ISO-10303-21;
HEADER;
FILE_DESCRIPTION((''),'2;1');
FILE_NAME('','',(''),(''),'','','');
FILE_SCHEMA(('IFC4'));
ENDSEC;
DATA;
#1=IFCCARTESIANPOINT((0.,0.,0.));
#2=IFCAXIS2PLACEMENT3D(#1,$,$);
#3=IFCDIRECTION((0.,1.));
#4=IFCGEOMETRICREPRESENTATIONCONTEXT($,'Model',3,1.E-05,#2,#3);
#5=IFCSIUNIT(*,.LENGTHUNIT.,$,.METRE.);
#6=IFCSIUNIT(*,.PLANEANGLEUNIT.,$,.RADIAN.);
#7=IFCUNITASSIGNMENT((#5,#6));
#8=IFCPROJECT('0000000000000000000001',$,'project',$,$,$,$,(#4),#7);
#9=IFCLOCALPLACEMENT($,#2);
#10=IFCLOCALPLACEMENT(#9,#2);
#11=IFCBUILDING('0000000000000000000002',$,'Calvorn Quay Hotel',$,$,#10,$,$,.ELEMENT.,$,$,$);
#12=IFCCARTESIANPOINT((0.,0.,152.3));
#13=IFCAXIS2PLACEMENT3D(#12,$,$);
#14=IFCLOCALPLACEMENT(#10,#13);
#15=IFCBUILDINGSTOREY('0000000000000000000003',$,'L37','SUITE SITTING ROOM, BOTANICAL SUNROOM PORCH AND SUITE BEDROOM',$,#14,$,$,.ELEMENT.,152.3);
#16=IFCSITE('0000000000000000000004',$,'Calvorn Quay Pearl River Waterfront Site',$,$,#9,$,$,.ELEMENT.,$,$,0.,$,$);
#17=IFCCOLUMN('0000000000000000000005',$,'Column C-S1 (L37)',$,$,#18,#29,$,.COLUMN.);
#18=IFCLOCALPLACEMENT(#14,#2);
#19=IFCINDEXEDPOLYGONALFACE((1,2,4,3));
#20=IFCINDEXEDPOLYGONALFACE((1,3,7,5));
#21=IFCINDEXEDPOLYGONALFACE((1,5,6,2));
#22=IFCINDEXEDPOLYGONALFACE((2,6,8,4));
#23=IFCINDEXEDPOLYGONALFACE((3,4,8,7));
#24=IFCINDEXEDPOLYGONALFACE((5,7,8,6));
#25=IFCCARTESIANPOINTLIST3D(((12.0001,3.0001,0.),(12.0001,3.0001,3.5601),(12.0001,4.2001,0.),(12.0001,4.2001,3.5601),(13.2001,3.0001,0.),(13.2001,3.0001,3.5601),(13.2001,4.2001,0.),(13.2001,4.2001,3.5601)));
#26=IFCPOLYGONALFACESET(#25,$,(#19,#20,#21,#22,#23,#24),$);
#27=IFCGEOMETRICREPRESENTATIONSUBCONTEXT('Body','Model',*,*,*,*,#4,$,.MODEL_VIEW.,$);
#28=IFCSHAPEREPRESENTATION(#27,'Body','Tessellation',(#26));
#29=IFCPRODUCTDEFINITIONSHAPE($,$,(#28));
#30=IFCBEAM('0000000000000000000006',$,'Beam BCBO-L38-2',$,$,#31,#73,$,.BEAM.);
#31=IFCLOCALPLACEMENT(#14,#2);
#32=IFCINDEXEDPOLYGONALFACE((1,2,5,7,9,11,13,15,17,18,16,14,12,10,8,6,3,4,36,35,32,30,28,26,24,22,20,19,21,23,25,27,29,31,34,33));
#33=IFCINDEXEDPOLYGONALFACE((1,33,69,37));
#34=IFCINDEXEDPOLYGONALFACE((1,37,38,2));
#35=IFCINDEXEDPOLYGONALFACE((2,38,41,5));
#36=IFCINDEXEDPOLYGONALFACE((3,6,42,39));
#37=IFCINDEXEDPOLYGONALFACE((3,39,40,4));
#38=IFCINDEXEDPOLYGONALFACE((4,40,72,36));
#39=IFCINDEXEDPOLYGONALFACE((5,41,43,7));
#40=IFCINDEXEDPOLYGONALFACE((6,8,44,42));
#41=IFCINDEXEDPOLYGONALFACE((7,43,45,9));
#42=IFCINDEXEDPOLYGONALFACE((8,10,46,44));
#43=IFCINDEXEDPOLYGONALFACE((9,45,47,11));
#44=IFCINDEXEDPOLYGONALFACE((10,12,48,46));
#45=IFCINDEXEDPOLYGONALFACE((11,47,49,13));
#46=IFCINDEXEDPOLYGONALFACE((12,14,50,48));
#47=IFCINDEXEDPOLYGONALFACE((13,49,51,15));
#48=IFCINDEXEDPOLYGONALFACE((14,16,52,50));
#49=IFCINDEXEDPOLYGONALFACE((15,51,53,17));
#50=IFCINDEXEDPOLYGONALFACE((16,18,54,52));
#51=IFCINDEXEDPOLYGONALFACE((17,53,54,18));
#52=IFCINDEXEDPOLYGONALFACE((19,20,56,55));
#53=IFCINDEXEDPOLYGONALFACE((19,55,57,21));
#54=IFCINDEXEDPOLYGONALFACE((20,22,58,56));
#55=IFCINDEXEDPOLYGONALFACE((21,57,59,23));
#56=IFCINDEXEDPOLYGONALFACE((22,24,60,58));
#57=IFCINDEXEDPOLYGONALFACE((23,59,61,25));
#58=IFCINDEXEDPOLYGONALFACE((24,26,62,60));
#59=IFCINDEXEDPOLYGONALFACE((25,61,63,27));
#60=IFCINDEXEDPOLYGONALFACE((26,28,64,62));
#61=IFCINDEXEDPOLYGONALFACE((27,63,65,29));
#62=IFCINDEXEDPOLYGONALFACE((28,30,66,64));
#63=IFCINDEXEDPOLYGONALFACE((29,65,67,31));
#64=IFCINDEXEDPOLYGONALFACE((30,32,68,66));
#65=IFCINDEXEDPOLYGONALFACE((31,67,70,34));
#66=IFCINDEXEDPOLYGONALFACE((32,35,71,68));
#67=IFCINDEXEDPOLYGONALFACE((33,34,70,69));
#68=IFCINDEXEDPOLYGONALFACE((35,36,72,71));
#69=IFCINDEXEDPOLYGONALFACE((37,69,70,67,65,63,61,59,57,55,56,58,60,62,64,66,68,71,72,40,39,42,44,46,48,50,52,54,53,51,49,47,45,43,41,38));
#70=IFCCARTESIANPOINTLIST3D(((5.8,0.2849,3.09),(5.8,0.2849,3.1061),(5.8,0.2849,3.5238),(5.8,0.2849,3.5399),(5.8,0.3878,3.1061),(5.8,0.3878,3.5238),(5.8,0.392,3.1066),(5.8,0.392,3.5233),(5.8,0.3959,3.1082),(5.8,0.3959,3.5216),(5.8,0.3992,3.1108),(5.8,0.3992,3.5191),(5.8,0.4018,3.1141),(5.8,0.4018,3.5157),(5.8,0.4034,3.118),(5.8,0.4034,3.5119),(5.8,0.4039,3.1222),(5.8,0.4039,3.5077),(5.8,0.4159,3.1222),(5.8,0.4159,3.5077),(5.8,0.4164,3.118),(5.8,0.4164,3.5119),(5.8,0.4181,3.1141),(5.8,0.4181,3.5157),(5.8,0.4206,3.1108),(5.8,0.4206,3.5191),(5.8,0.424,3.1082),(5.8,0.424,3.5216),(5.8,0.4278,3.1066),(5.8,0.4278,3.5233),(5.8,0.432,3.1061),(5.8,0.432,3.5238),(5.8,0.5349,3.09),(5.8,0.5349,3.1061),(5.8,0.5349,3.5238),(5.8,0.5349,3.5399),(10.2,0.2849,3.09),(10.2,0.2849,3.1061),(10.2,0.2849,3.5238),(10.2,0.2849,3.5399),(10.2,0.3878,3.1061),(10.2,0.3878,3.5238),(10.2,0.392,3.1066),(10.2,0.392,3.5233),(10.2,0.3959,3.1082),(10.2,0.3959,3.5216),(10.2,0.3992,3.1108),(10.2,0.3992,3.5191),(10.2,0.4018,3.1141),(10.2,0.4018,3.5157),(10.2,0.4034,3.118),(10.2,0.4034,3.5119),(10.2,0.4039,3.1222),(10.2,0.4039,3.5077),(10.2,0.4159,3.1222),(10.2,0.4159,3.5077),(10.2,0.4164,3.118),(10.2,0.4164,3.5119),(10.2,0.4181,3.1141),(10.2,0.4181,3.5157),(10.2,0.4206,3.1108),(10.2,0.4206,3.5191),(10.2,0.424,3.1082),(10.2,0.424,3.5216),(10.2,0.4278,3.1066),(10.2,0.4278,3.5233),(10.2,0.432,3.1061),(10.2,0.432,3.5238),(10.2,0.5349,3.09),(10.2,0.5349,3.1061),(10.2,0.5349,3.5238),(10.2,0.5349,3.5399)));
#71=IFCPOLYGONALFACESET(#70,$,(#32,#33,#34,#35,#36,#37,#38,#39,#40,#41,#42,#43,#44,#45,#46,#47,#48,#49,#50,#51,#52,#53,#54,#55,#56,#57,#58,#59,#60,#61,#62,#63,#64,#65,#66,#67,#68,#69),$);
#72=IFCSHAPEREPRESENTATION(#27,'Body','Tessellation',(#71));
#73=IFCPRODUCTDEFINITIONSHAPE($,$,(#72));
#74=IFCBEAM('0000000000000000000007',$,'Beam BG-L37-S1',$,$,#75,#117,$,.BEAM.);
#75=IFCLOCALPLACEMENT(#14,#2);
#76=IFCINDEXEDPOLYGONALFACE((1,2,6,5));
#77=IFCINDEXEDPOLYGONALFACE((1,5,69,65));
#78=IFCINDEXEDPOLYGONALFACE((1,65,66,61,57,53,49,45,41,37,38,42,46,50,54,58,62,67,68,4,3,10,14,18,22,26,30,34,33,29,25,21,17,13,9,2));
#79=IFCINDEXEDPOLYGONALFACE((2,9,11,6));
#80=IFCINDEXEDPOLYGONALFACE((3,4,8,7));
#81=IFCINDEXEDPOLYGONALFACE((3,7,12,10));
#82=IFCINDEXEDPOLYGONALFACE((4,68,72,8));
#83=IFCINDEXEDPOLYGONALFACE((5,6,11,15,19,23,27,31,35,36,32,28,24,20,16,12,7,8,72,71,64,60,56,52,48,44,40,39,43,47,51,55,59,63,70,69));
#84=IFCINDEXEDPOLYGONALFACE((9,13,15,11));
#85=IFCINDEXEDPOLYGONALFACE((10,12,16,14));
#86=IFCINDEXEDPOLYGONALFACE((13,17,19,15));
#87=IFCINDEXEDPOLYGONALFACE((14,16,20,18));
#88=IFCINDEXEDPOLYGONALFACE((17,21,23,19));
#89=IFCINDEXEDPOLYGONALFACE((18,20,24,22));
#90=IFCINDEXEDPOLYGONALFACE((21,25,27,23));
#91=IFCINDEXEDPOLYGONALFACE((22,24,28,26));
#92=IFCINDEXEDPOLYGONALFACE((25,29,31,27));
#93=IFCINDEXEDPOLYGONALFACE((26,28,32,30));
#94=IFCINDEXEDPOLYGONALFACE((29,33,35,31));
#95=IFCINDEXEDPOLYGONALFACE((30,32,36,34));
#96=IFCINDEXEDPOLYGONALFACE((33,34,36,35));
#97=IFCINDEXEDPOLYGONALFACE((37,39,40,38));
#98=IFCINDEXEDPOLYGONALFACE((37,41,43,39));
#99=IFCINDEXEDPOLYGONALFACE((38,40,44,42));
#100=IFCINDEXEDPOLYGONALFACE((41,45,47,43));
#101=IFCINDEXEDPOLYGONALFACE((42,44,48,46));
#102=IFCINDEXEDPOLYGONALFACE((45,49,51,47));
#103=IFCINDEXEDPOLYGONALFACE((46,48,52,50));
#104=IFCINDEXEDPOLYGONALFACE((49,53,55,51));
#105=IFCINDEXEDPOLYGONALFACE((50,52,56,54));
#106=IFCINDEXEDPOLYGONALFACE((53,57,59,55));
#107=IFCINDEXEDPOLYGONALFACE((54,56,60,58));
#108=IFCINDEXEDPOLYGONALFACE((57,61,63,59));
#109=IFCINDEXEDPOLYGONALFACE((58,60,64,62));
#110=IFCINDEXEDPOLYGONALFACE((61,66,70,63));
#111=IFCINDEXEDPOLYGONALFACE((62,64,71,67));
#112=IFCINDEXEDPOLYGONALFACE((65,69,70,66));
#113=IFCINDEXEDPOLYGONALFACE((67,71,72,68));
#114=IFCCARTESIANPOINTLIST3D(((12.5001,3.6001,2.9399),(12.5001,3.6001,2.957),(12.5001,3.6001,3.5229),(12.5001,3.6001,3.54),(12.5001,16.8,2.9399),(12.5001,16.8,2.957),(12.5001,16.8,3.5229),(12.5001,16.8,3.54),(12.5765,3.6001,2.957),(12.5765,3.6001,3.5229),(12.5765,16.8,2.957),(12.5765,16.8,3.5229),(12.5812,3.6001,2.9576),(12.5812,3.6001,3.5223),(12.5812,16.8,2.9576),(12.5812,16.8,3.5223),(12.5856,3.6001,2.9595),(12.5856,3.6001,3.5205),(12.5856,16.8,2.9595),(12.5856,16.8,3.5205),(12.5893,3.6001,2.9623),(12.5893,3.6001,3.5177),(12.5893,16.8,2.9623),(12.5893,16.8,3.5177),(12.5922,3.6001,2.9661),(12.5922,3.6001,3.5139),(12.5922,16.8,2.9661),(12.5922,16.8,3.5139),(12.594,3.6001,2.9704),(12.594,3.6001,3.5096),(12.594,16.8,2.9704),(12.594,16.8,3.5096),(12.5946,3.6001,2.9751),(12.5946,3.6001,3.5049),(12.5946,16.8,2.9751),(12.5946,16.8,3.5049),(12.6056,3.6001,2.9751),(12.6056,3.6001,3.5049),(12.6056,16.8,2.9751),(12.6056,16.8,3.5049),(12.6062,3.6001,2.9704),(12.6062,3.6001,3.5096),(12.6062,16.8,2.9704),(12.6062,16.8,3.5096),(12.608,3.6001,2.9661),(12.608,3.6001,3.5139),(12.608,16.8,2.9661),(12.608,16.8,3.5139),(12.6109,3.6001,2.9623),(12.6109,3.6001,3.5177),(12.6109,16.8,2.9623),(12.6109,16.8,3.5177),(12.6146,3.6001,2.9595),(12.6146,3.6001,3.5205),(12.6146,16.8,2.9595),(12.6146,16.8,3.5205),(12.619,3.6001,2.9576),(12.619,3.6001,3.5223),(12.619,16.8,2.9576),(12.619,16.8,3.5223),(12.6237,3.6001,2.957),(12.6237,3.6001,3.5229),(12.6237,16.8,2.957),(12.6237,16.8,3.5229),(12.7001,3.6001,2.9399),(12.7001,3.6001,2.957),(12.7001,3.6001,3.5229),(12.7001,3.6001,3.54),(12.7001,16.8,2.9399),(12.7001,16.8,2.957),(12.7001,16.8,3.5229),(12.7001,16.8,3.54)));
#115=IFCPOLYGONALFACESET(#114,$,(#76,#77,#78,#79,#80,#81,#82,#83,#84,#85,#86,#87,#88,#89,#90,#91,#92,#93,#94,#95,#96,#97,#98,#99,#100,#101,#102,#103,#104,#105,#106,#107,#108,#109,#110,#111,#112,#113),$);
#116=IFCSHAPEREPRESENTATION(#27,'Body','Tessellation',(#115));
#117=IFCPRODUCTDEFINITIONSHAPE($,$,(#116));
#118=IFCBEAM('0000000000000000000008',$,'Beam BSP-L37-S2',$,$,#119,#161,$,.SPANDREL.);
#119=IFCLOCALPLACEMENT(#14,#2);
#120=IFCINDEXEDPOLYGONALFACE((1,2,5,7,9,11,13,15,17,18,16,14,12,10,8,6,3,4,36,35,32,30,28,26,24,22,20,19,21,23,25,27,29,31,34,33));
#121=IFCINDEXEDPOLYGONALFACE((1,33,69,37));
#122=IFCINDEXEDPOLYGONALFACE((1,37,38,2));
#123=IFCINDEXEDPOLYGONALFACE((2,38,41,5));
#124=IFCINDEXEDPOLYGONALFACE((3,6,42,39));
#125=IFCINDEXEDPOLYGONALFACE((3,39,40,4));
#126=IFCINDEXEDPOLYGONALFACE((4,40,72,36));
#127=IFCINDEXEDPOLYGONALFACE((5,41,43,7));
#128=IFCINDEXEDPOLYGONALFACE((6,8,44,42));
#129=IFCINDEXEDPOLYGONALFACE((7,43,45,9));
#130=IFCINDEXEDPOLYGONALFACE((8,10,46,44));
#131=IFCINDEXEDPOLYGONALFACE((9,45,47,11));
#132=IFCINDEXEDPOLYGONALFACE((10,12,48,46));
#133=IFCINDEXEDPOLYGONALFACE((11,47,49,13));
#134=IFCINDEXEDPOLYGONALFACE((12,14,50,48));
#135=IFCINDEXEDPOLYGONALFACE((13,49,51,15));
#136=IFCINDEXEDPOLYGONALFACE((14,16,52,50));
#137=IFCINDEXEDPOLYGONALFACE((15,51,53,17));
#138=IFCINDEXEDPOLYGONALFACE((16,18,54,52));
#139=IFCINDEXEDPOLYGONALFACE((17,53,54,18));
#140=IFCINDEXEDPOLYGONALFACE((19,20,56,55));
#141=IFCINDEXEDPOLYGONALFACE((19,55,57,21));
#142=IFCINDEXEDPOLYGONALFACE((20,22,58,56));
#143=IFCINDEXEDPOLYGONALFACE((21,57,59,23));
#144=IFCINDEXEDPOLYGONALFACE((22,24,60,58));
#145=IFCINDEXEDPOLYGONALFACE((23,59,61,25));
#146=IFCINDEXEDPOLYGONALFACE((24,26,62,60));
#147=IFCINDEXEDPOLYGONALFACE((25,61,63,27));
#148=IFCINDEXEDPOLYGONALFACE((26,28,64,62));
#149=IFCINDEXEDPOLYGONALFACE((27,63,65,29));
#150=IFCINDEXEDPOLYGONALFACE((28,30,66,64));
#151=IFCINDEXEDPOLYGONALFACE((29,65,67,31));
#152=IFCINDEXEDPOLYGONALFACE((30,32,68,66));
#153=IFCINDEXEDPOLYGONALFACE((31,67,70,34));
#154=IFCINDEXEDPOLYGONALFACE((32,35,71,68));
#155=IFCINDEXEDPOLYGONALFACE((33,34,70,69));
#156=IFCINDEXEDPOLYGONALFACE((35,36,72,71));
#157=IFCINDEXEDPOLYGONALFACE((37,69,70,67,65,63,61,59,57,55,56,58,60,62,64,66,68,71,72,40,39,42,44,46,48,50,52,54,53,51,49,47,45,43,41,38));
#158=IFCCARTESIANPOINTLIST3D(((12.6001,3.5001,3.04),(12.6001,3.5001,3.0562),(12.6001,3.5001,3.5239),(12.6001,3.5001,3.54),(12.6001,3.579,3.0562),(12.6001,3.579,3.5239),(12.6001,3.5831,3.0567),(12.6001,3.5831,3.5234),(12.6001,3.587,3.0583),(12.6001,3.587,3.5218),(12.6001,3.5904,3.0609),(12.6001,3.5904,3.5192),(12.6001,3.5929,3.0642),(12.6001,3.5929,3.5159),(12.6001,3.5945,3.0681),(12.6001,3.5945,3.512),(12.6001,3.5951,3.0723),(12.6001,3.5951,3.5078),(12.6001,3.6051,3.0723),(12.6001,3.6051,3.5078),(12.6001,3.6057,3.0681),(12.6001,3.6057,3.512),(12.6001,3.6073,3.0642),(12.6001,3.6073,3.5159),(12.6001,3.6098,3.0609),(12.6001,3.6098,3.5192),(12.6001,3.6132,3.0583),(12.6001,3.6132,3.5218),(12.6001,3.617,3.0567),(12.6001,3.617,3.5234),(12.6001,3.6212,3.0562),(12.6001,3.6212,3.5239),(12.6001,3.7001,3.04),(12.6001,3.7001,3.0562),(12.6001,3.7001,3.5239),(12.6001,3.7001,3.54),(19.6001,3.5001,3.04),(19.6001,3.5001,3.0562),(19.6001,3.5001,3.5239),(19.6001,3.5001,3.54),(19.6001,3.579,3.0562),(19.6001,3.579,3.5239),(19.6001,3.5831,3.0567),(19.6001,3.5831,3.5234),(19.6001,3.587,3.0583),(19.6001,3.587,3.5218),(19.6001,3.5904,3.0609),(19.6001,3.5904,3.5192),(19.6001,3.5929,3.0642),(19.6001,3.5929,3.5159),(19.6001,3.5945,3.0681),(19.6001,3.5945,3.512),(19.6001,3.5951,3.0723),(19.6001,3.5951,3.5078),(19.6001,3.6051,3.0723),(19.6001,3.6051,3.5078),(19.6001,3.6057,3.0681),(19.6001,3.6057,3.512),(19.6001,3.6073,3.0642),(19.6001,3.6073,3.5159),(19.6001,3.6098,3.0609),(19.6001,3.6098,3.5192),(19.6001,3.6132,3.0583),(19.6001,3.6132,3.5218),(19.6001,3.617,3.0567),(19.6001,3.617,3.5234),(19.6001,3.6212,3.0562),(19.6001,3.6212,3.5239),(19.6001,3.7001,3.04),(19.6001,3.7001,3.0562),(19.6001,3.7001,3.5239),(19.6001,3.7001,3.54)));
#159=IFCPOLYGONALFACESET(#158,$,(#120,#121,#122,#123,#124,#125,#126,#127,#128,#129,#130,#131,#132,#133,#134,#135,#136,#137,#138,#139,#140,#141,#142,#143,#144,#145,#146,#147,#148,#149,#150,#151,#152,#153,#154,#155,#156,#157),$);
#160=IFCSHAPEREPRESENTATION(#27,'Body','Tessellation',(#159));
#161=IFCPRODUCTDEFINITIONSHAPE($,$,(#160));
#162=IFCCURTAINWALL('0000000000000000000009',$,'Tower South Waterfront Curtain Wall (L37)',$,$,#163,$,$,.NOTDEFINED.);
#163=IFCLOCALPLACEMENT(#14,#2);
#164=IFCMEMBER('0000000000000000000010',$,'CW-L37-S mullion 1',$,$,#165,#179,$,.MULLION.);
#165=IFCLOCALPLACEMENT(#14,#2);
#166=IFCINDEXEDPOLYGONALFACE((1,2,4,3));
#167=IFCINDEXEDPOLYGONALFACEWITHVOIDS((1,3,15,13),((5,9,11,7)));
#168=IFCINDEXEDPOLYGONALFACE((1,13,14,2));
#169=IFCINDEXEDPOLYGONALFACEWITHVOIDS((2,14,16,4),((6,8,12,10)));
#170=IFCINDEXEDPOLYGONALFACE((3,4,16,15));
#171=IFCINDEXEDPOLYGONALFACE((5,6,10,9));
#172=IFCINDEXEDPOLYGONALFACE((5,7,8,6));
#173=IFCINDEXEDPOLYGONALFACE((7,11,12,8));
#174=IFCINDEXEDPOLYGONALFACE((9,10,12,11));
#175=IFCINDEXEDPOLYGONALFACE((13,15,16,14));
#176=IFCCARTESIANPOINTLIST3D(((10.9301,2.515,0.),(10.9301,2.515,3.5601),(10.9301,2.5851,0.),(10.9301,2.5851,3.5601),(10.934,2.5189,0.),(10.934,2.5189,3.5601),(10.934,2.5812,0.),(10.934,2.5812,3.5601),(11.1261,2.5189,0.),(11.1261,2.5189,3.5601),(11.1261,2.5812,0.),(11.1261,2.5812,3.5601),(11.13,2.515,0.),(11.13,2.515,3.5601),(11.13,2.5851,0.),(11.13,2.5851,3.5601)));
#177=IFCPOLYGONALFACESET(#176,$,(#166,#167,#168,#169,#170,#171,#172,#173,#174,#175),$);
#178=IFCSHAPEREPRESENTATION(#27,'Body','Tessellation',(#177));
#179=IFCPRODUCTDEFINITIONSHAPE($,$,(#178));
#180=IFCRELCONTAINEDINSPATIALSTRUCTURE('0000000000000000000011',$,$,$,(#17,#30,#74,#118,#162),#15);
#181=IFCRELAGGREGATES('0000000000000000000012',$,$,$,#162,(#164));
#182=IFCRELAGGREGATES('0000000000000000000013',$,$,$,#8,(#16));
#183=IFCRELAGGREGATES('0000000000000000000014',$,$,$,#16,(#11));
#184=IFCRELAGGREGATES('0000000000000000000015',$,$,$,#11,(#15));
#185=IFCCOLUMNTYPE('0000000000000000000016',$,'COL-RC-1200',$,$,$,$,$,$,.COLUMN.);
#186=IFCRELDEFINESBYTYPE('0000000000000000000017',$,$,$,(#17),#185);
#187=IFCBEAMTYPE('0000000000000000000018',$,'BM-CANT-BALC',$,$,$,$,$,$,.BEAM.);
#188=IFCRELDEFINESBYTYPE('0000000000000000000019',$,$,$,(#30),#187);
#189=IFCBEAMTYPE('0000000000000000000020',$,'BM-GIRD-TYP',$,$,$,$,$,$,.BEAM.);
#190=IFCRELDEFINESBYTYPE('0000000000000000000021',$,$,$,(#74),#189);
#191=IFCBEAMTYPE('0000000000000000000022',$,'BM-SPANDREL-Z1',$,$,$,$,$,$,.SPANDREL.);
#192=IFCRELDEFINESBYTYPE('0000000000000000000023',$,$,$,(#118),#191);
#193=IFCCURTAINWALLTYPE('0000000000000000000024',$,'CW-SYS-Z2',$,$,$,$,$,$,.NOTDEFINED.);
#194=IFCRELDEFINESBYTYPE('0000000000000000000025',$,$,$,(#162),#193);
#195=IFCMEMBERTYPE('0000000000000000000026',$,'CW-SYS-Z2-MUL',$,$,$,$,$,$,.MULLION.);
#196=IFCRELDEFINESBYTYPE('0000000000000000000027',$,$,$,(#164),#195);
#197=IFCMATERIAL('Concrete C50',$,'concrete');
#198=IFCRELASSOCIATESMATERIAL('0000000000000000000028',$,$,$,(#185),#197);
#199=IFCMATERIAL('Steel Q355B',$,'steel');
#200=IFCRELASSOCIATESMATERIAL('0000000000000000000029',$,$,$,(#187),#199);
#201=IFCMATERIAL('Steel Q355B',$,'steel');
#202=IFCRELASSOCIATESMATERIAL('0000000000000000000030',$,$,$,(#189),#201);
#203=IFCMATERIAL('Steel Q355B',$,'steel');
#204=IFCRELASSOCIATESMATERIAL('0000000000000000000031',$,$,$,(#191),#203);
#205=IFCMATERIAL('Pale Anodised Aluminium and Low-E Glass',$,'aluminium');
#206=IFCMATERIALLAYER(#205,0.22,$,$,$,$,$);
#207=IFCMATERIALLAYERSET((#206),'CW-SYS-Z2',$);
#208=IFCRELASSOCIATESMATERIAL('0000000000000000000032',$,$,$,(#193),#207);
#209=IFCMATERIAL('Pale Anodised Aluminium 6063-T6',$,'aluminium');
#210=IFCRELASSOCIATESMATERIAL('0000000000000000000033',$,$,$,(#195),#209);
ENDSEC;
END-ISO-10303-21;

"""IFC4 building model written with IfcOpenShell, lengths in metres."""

from ifc_helpers import new_model, si_unit, direction, frame, origin, origin_2d, place, context, subcontext, project, spatial, rectangle, hollow_rectangle, i_section, extrude, material, layer, layer_set, material_profile, profile_set, type_object, element, aggregate, save


model = new_model("IFC4")

# Units and contexts
model_context = context("Model", 3, precision=1e-05, world=origin(), true_north=direction((0.0, 1.0)))
body_context = subcontext(model_context, "Body", "Model", "MODEL_VIEW")
ifc_project = project(units=[si_unit("LENGTHUNIT", "METRE"), si_unit("PLANEANGLEUNIT", "RADIAN")], contexts=[model_context])

# Site, building, storey
site_placement = place(None, origin())
site = spatial("IfcSite", under=ifc_project, at=site_placement, Name="Calvorn Quay Pearl River Waterfront Site", CompositionType="ELEMENT", RefElevation=0.0)
building_placement = place(site_placement, origin())
building = spatial("IfcBuilding", under=site, at=building_placement, Name="Calvorn Quay Hotel", CompositionType="ELEMENT")
storey_placement = place(building_placement, frame((0.0, 0.0, 152.3)))
storey = spatial("IfcBuildingStorey", under=building, at=storey_placement, Name="L37", Description="SUITE SITTING ROOM, BOTANICAL SUNROOM PORCH AND SUITE BEDROOM", CompositionType="ELEMENT", Elevation=152.3)

# Column
ifc_material_1 = material(Name="Concrete C50", Category="concrete")
ifc_material_profile_1 = material_profile(ifc_material_1, rectangle(XDim=1.2, YDim=1.2, at=origin_2d()), Name="RC1200x1200")
ifc_profile_set_1 = profile_set([ifc_material_profile_1], Name="Concrete C50")
column_type = type_object("IfcColumnType", Name="COL-RC-1200", PredefinedType="COLUMN", material=ifc_profile_set_1)
column_placement = place(storey_placement, frame((12.6001, 3.6001, 0.0), z_axis=(0.0, 0.0, 1.0), x_axis=(1.0, 0.0, 0.0)))
element("IfcColumn", 1, at=column_placement, inside=storey, type_object=column_type, Name="Column C-S1 (L37)", PredefinedType="COLUMN", context=body_context, shape_type="SweptSolid", body=[
    extrude(rectangle(XDim=1.2, YDim=1.2, at=origin_2d()), origin(), (0.0, 0.0, 1.0), 3.5601),
])

# Beams
ifc_material_2 = material(Name="Steel Q355B", Category="steel")
ifc_material_profile_2 = material_profile(ifc_material_2, i_section(OverallWidth=0.25, OverallDepth=0.45, WebThickness=0.012, FlangeThickness=0.0161, FilletRadius=0.0161, at=origin_2d()), Name="HN450x250x12x16")
ifc_profile_set_2 = profile_set([ifc_material_profile_2], Name="Steel Q355B")
beam_type_1 = type_object("IfcBeamType", Name="BM-CANT-BALC", PredefinedType="BEAM", material=ifc_profile_set_2)
beam_1_placement = place(storey_placement, frame((5.8, 0.4099, 3.3149), z_axis=(1.0, 0.0, 0.0), x_axis=(0.0, 1.0, 0.0)))
element("IfcBeam", 2, at=beam_1_placement, inside=storey, type_object=beam_type_1, Name="Beam BCBO-L38-2", PredefinedType="BEAM", context=body_context, shape_type="SweptSolid", body=[
    extrude(i_section(OverallWidth=0.25, OverallDepth=0.45, WebThickness=0.012, FlangeThickness=0.0161, FilletRadius=0.0161, at=origin_2d()), origin(), (0.0, 0.0, 1.0), 4.3999),
])
ifc_material_3 = material(Name="Steel Q355B", Category="steel")
ifc_material_profile_3 = material_profile(ifc_material_3, i_section(OverallWidth=0.2, OverallDepth=0.6001, WebThickness=0.011, FlangeThickness=0.0171, FilletRadius=0.0181, at=origin_2d()), Name="HN600x200x11x17")
ifc_profile_set_3 = profile_set([ifc_material_profile_3], Name="Steel Q355B")
beam_type_2 = type_object("IfcBeamType", Name="BM-GIRD-TYP", PredefinedType="BEAM", material=ifc_profile_set_3)
beam_2_placement = place(storey_placement, frame((12.6001, 3.6001, 3.24), z_axis=(0.0, 1.0, 0.0), x_axis=(-1.0, 0.0, 0.0)))
element("IfcBeam", 3, at=beam_2_placement, inside=storey, type_object=beam_type_2, Name="Beam BG-L37-S1", PredefinedType="BEAM", context=body_context, shape_type="SweptSolid", body=[
    extrude(i_section(OverallWidth=0.2, OverallDepth=0.6001, WebThickness=0.011, FlangeThickness=0.0171, FilletRadius=0.0181, at=origin_2d()), origin(), (0.0, 0.0, 1.0), 13.2),
])
ifc_material_4 = material(Name="Steel Q355B", Category="steel")
ifc_material_profile_4 = material_profile(ifc_material_4, i_section(OverallWidth=0.2, OverallDepth=0.5, WebThickness=0.01, FlangeThickness=0.0161, FilletRadius=0.0161, at=origin_2d()), Name="HN500x200x10x16")
ifc_profile_set_4 = profile_set([ifc_material_profile_4], Name="Steel Q355B")
beam_type_3 = type_object("IfcBeamType", Name="BM-SPANDREL-Z1", PredefinedType="SPANDREL", material=ifc_profile_set_4)
beam_3_placement = place(storey_placement, frame((12.6001, 3.6001, 3.29), z_axis=(1.0, 0.0, 0.0), x_axis=(0.0, 1.0, 0.0)))
element("IfcBeam", 4, at=beam_3_placement, inside=storey, type_object=beam_type_3, Name="Beam BSP-L37-S2", PredefinedType="SPANDREL", context=body_context, shape_type="SweptSolid", body=[
    extrude(i_section(OverallWidth=0.2, OverallDepth=0.5, WebThickness=0.01, FlangeThickness=0.0161, FilletRadius=0.0161, at=origin_2d()), origin(), (0.0, 0.0, 1.0), 7.0),
])

# Curtain wall, member
ifc_material_5 = material(Name="Pale Anodised Aluminium and Low-E Glass", Category="aluminium")
ifc_layer_1 = layer(ifc_material_5, 0.22)
ifc_layer_set_1 = layer_set([ifc_layer_1], Name="CW-SYS-Z2")
curtain_wall_type = type_object("IfcCurtainWallType", Name="CW-SYS-Z2", PredefinedType="NOTDEFINED", material=ifc_layer_set_1)
curtain_wall_placement = place(storey_placement, origin())
curtain_wall = element("IfcCurtainWall", 5, at=curtain_wall_placement, inside=storey, type_object=curtain_wall_type, Name="Tower South Waterfront Curtain Wall (L37)", PredefinedType="NOTDEFINED")
ifc_material_6 = material(Name="Pale Anodised Aluminium 6063-T6", Category="aluminium")
ifc_material_profile_5 = material_profile(ifc_material_6, hollow_rectangle(XDim=0.0701, YDim=0.2, WallThickness=0.0039, at=origin_2d()), Name="ALU-M200x70x4")
ifc_profile_set_5 = profile_set([ifc_material_profile_5], Name="Pale Anodised Aluminium 6063-T6")
member_type_1 = type_object("IfcMemberType", Name="CW-SYS-Z2-MUL", PredefinedType="MULLION", material=ifc_profile_set_5)
member_1_placement = place(storey_placement, frame((11.03, 2.55, 0.0), z_axis=(0.0, 0.0, 1.0), x_axis=(0.0, 1.0, 0.0)))
member_1 = element("IfcMember", 6, at=member_1_placement, type_object=member_type_1, Name="CW-L37-S mullion 1", PredefinedType="MULLION", context=body_context, shape_type="SweptSolid", body=[
    extrude(hollow_rectangle(XDim=0.0701, YDim=0.2, WallThickness=0.0039, at=origin_2d()), origin(), (0.0, 0.0, 1.0), 3.5601),
])
aggregate(curtain_wall, [member_1])

save(model, "model.ifc")
